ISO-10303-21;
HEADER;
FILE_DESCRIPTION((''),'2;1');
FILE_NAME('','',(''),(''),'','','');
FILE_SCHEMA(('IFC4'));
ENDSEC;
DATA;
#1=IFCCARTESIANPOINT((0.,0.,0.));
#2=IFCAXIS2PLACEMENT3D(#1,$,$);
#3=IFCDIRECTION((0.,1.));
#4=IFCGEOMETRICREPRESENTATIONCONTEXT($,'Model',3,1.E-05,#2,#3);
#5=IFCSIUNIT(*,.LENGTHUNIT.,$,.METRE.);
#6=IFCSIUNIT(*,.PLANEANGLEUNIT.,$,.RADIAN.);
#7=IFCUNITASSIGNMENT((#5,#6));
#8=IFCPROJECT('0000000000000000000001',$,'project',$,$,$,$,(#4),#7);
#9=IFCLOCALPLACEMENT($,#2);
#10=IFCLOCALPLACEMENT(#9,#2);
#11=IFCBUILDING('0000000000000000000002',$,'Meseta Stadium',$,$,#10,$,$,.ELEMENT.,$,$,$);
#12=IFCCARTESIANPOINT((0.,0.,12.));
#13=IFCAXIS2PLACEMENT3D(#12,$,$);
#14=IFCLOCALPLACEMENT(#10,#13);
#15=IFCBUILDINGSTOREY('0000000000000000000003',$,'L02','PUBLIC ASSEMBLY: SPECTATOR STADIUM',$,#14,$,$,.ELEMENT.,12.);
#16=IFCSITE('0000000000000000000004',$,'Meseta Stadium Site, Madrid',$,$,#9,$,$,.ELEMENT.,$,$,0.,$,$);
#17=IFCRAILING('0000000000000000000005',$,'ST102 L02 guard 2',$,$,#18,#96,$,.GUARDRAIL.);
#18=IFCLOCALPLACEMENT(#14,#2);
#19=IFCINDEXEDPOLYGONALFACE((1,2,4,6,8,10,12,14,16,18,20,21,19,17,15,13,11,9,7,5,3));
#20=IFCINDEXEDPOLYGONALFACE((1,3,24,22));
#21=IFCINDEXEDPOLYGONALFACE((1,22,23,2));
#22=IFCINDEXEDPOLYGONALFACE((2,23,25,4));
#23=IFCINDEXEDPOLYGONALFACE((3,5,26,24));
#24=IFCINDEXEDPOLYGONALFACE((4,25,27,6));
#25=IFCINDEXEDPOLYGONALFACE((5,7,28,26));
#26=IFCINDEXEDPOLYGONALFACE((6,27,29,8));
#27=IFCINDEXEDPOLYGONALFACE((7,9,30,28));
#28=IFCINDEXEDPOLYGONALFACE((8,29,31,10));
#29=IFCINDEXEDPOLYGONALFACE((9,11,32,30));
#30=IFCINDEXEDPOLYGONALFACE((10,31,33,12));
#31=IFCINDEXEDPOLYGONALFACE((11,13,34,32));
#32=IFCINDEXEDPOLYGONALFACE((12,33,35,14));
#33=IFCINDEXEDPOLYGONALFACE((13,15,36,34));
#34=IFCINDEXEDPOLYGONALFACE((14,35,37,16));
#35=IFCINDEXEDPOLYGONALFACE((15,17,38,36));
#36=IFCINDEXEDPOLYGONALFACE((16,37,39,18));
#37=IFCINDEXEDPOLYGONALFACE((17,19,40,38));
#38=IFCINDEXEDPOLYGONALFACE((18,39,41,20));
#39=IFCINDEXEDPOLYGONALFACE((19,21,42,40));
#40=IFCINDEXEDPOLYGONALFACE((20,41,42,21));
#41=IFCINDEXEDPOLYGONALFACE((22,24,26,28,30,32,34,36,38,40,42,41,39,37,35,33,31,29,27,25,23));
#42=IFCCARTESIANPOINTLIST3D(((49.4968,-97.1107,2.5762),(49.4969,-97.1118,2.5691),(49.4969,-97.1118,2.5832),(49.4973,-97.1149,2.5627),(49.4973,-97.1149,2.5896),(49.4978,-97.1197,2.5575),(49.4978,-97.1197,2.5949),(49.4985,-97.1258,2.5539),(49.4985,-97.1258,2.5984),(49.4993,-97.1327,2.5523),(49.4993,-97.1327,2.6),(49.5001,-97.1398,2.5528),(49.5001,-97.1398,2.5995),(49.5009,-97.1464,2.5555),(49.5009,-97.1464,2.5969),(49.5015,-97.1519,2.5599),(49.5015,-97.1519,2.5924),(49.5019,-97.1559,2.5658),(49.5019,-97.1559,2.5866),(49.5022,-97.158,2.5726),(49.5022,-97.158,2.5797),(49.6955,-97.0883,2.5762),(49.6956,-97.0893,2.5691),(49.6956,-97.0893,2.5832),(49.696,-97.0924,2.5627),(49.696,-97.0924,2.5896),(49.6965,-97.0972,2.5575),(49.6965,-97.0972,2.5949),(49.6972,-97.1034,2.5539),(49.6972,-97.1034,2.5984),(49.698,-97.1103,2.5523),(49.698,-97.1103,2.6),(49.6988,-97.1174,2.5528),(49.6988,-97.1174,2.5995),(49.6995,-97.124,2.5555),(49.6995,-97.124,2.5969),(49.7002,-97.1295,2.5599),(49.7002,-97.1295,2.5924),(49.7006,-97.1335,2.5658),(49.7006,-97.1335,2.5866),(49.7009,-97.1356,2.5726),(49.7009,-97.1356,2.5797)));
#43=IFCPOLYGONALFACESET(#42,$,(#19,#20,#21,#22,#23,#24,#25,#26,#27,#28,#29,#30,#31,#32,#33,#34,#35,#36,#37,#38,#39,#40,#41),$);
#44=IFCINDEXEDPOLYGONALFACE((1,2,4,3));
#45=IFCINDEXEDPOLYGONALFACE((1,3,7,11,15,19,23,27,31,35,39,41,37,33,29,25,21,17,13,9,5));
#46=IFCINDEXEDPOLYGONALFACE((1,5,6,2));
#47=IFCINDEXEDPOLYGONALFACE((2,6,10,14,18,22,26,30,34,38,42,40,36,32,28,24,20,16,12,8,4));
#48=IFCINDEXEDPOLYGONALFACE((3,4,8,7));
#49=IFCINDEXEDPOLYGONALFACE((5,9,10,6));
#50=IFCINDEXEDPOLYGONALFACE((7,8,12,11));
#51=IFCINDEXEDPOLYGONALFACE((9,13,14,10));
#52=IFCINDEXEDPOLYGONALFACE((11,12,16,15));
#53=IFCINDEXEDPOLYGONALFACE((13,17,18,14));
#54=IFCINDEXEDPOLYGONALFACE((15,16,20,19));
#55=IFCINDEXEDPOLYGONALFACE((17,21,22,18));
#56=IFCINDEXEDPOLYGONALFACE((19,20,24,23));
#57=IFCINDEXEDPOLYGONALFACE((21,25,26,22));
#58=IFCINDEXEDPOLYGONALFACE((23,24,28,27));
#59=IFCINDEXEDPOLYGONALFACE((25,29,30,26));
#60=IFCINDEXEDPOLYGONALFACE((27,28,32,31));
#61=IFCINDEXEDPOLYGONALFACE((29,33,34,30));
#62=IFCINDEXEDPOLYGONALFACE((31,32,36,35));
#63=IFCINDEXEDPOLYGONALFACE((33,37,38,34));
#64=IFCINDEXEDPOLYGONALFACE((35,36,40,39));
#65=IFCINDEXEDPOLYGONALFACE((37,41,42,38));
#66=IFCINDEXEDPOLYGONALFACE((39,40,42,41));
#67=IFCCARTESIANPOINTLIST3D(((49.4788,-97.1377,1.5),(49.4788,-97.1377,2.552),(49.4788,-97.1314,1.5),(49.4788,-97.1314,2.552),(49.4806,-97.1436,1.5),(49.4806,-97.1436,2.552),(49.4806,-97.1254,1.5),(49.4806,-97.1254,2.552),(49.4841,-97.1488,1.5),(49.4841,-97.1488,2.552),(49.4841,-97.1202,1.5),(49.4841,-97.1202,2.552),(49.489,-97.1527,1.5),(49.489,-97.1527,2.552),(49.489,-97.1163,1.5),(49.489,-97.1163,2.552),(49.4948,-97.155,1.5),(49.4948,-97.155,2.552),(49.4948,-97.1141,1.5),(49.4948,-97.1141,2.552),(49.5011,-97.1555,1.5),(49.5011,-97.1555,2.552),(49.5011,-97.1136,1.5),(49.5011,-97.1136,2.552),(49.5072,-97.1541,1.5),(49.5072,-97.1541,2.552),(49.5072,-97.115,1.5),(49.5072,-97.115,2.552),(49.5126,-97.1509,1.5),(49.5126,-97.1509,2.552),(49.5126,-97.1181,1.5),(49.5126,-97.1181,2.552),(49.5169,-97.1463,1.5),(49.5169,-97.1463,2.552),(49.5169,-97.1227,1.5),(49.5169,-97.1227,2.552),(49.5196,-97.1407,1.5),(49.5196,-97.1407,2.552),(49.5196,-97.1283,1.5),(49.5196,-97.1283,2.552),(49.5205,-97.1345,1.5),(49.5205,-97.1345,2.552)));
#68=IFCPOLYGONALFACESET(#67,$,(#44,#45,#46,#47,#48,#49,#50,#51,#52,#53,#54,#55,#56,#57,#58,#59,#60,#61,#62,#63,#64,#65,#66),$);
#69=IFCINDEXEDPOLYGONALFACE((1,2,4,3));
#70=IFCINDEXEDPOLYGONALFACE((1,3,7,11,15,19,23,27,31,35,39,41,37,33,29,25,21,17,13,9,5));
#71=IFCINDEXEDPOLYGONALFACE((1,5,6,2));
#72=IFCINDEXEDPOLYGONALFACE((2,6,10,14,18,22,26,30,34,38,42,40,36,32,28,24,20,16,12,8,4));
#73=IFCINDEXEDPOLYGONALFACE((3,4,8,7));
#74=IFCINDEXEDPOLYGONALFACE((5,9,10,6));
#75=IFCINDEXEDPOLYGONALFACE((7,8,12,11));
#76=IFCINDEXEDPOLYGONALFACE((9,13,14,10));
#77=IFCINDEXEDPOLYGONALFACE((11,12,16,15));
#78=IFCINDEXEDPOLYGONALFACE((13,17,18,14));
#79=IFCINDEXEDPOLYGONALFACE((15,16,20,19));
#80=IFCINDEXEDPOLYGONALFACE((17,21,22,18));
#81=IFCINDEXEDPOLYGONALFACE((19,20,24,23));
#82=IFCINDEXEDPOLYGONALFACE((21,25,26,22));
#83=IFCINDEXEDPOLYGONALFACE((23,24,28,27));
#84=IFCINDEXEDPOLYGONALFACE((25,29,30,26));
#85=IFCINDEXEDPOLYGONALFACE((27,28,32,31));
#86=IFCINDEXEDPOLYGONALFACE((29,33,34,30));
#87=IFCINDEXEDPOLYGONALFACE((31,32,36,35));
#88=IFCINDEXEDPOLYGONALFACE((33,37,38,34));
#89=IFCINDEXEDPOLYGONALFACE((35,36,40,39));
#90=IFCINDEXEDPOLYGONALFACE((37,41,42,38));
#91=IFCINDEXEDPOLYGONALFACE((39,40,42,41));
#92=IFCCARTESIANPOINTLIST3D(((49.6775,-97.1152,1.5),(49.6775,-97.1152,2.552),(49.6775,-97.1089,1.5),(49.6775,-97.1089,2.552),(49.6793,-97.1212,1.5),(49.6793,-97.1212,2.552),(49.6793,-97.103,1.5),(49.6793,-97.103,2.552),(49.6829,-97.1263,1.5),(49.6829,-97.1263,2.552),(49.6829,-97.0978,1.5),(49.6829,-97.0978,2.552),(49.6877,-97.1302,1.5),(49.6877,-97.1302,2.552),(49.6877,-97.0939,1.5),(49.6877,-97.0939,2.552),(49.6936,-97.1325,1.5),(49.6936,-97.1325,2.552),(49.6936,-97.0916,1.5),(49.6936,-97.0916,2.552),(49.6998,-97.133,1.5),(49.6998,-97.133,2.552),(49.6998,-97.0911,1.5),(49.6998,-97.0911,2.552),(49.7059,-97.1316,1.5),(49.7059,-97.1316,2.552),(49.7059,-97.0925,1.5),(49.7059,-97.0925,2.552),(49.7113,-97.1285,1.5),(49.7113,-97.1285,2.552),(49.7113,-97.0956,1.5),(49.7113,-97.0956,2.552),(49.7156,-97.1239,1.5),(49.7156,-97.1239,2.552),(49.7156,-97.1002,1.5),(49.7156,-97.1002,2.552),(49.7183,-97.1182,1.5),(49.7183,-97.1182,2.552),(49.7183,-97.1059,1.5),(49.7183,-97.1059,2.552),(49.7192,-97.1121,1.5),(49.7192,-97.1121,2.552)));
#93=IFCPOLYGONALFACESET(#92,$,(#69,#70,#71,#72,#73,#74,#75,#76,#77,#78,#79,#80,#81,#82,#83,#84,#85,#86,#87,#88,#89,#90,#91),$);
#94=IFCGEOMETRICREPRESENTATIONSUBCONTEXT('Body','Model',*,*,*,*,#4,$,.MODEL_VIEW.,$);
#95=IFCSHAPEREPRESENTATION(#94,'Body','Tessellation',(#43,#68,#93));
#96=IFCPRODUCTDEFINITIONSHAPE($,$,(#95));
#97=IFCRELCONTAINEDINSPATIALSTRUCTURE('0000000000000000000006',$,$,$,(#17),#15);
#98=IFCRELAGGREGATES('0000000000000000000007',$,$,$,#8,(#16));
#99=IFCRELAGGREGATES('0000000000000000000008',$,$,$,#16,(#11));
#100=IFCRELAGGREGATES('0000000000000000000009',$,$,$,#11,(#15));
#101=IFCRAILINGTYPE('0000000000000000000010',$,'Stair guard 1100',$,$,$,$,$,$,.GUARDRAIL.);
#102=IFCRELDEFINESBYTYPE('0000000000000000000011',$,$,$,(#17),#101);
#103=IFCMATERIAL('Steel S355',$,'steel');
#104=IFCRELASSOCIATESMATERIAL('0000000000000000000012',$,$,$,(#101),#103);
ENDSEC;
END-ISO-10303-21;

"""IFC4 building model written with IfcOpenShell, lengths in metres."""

from ifc_helpers import new_model, si_unit, direction, frame, origin, origin_2d, place, context, subcontext, project, spatial, circle, extrude, material, type_object, element, save


model = new_model("IFC4")

# Units and contexts
model_context = context("Model", 3, precision=1e-05, world=origin(), true_north=direction((0.0, 1.0)))
body_context = subcontext(model_context, "Body", "Model", "MODEL_VIEW")
ifc_project = project(units=[si_unit("LENGTHUNIT", "METRE"), si_unit("PLANEANGLEUNIT", "RADIAN")], contexts=[model_context])

# Site, building, storey
site_placement = place(None, origin())
site = spatial("IfcSite", under=ifc_project, at=site_placement, Name="Meseta Stadium Site, Madrid", CompositionType="ELEMENT", RefElevation=0.0)
building_placement = place(site_placement, origin())
building = spatial("IfcBuilding", under=site, at=building_placement, Name="Meseta Stadium", CompositionType="ELEMENT")
storey_placement = place(building_placement, frame((0.0, 0.0, 12.0)))
storey = spatial("IfcBuildingStorey", under=building, at=storey_placement, Name="L02", Description="PUBLIC ASSEMBLY: SPECTATOR STADIUM", CompositionType="ELEMENT", Elevation=12.0)

# Railing
ifc_material_1 = material(Name="Steel S355", Category="steel")
railing_type_1 = type_object("IfcRailingType", Name="Stair guard 1100", PredefinedType="GUARDRAIL", material=ifc_material_1)
railing_1_placement = place(storey_placement, frame((49.4995, -97.1345, 1.5)))
element("IfcRailing", 1, at=railing_1_placement, inside=storey, type_object=railing_type_1, Name="ST102 L02 guard 2", PredefinedType="GUARDRAIL", context=body_context, shape_type="SweptSolid", body=[
    extrude(circle(Radius=0.0239, at=origin_2d()), frame((0.0, 0.0, 1.0762), z_axis=(0.993674, 0.112307, 0.0), x_axis=(-0.112307, 0.993674, 0.0)), (0.0, 0.0, 1.0), 0.2),
    extrude(circle(Radius=0.021, at=origin_2d()), origin(), (0.0, 0.0, 1.0), 1.052),
    extrude(circle(Radius=0.021, at=origin_2d()), frame((0.1987, 0.0225, 0.0)), (0.0, 0.0, 1.0), 1.052),
])

save(model, "model.ifc")
